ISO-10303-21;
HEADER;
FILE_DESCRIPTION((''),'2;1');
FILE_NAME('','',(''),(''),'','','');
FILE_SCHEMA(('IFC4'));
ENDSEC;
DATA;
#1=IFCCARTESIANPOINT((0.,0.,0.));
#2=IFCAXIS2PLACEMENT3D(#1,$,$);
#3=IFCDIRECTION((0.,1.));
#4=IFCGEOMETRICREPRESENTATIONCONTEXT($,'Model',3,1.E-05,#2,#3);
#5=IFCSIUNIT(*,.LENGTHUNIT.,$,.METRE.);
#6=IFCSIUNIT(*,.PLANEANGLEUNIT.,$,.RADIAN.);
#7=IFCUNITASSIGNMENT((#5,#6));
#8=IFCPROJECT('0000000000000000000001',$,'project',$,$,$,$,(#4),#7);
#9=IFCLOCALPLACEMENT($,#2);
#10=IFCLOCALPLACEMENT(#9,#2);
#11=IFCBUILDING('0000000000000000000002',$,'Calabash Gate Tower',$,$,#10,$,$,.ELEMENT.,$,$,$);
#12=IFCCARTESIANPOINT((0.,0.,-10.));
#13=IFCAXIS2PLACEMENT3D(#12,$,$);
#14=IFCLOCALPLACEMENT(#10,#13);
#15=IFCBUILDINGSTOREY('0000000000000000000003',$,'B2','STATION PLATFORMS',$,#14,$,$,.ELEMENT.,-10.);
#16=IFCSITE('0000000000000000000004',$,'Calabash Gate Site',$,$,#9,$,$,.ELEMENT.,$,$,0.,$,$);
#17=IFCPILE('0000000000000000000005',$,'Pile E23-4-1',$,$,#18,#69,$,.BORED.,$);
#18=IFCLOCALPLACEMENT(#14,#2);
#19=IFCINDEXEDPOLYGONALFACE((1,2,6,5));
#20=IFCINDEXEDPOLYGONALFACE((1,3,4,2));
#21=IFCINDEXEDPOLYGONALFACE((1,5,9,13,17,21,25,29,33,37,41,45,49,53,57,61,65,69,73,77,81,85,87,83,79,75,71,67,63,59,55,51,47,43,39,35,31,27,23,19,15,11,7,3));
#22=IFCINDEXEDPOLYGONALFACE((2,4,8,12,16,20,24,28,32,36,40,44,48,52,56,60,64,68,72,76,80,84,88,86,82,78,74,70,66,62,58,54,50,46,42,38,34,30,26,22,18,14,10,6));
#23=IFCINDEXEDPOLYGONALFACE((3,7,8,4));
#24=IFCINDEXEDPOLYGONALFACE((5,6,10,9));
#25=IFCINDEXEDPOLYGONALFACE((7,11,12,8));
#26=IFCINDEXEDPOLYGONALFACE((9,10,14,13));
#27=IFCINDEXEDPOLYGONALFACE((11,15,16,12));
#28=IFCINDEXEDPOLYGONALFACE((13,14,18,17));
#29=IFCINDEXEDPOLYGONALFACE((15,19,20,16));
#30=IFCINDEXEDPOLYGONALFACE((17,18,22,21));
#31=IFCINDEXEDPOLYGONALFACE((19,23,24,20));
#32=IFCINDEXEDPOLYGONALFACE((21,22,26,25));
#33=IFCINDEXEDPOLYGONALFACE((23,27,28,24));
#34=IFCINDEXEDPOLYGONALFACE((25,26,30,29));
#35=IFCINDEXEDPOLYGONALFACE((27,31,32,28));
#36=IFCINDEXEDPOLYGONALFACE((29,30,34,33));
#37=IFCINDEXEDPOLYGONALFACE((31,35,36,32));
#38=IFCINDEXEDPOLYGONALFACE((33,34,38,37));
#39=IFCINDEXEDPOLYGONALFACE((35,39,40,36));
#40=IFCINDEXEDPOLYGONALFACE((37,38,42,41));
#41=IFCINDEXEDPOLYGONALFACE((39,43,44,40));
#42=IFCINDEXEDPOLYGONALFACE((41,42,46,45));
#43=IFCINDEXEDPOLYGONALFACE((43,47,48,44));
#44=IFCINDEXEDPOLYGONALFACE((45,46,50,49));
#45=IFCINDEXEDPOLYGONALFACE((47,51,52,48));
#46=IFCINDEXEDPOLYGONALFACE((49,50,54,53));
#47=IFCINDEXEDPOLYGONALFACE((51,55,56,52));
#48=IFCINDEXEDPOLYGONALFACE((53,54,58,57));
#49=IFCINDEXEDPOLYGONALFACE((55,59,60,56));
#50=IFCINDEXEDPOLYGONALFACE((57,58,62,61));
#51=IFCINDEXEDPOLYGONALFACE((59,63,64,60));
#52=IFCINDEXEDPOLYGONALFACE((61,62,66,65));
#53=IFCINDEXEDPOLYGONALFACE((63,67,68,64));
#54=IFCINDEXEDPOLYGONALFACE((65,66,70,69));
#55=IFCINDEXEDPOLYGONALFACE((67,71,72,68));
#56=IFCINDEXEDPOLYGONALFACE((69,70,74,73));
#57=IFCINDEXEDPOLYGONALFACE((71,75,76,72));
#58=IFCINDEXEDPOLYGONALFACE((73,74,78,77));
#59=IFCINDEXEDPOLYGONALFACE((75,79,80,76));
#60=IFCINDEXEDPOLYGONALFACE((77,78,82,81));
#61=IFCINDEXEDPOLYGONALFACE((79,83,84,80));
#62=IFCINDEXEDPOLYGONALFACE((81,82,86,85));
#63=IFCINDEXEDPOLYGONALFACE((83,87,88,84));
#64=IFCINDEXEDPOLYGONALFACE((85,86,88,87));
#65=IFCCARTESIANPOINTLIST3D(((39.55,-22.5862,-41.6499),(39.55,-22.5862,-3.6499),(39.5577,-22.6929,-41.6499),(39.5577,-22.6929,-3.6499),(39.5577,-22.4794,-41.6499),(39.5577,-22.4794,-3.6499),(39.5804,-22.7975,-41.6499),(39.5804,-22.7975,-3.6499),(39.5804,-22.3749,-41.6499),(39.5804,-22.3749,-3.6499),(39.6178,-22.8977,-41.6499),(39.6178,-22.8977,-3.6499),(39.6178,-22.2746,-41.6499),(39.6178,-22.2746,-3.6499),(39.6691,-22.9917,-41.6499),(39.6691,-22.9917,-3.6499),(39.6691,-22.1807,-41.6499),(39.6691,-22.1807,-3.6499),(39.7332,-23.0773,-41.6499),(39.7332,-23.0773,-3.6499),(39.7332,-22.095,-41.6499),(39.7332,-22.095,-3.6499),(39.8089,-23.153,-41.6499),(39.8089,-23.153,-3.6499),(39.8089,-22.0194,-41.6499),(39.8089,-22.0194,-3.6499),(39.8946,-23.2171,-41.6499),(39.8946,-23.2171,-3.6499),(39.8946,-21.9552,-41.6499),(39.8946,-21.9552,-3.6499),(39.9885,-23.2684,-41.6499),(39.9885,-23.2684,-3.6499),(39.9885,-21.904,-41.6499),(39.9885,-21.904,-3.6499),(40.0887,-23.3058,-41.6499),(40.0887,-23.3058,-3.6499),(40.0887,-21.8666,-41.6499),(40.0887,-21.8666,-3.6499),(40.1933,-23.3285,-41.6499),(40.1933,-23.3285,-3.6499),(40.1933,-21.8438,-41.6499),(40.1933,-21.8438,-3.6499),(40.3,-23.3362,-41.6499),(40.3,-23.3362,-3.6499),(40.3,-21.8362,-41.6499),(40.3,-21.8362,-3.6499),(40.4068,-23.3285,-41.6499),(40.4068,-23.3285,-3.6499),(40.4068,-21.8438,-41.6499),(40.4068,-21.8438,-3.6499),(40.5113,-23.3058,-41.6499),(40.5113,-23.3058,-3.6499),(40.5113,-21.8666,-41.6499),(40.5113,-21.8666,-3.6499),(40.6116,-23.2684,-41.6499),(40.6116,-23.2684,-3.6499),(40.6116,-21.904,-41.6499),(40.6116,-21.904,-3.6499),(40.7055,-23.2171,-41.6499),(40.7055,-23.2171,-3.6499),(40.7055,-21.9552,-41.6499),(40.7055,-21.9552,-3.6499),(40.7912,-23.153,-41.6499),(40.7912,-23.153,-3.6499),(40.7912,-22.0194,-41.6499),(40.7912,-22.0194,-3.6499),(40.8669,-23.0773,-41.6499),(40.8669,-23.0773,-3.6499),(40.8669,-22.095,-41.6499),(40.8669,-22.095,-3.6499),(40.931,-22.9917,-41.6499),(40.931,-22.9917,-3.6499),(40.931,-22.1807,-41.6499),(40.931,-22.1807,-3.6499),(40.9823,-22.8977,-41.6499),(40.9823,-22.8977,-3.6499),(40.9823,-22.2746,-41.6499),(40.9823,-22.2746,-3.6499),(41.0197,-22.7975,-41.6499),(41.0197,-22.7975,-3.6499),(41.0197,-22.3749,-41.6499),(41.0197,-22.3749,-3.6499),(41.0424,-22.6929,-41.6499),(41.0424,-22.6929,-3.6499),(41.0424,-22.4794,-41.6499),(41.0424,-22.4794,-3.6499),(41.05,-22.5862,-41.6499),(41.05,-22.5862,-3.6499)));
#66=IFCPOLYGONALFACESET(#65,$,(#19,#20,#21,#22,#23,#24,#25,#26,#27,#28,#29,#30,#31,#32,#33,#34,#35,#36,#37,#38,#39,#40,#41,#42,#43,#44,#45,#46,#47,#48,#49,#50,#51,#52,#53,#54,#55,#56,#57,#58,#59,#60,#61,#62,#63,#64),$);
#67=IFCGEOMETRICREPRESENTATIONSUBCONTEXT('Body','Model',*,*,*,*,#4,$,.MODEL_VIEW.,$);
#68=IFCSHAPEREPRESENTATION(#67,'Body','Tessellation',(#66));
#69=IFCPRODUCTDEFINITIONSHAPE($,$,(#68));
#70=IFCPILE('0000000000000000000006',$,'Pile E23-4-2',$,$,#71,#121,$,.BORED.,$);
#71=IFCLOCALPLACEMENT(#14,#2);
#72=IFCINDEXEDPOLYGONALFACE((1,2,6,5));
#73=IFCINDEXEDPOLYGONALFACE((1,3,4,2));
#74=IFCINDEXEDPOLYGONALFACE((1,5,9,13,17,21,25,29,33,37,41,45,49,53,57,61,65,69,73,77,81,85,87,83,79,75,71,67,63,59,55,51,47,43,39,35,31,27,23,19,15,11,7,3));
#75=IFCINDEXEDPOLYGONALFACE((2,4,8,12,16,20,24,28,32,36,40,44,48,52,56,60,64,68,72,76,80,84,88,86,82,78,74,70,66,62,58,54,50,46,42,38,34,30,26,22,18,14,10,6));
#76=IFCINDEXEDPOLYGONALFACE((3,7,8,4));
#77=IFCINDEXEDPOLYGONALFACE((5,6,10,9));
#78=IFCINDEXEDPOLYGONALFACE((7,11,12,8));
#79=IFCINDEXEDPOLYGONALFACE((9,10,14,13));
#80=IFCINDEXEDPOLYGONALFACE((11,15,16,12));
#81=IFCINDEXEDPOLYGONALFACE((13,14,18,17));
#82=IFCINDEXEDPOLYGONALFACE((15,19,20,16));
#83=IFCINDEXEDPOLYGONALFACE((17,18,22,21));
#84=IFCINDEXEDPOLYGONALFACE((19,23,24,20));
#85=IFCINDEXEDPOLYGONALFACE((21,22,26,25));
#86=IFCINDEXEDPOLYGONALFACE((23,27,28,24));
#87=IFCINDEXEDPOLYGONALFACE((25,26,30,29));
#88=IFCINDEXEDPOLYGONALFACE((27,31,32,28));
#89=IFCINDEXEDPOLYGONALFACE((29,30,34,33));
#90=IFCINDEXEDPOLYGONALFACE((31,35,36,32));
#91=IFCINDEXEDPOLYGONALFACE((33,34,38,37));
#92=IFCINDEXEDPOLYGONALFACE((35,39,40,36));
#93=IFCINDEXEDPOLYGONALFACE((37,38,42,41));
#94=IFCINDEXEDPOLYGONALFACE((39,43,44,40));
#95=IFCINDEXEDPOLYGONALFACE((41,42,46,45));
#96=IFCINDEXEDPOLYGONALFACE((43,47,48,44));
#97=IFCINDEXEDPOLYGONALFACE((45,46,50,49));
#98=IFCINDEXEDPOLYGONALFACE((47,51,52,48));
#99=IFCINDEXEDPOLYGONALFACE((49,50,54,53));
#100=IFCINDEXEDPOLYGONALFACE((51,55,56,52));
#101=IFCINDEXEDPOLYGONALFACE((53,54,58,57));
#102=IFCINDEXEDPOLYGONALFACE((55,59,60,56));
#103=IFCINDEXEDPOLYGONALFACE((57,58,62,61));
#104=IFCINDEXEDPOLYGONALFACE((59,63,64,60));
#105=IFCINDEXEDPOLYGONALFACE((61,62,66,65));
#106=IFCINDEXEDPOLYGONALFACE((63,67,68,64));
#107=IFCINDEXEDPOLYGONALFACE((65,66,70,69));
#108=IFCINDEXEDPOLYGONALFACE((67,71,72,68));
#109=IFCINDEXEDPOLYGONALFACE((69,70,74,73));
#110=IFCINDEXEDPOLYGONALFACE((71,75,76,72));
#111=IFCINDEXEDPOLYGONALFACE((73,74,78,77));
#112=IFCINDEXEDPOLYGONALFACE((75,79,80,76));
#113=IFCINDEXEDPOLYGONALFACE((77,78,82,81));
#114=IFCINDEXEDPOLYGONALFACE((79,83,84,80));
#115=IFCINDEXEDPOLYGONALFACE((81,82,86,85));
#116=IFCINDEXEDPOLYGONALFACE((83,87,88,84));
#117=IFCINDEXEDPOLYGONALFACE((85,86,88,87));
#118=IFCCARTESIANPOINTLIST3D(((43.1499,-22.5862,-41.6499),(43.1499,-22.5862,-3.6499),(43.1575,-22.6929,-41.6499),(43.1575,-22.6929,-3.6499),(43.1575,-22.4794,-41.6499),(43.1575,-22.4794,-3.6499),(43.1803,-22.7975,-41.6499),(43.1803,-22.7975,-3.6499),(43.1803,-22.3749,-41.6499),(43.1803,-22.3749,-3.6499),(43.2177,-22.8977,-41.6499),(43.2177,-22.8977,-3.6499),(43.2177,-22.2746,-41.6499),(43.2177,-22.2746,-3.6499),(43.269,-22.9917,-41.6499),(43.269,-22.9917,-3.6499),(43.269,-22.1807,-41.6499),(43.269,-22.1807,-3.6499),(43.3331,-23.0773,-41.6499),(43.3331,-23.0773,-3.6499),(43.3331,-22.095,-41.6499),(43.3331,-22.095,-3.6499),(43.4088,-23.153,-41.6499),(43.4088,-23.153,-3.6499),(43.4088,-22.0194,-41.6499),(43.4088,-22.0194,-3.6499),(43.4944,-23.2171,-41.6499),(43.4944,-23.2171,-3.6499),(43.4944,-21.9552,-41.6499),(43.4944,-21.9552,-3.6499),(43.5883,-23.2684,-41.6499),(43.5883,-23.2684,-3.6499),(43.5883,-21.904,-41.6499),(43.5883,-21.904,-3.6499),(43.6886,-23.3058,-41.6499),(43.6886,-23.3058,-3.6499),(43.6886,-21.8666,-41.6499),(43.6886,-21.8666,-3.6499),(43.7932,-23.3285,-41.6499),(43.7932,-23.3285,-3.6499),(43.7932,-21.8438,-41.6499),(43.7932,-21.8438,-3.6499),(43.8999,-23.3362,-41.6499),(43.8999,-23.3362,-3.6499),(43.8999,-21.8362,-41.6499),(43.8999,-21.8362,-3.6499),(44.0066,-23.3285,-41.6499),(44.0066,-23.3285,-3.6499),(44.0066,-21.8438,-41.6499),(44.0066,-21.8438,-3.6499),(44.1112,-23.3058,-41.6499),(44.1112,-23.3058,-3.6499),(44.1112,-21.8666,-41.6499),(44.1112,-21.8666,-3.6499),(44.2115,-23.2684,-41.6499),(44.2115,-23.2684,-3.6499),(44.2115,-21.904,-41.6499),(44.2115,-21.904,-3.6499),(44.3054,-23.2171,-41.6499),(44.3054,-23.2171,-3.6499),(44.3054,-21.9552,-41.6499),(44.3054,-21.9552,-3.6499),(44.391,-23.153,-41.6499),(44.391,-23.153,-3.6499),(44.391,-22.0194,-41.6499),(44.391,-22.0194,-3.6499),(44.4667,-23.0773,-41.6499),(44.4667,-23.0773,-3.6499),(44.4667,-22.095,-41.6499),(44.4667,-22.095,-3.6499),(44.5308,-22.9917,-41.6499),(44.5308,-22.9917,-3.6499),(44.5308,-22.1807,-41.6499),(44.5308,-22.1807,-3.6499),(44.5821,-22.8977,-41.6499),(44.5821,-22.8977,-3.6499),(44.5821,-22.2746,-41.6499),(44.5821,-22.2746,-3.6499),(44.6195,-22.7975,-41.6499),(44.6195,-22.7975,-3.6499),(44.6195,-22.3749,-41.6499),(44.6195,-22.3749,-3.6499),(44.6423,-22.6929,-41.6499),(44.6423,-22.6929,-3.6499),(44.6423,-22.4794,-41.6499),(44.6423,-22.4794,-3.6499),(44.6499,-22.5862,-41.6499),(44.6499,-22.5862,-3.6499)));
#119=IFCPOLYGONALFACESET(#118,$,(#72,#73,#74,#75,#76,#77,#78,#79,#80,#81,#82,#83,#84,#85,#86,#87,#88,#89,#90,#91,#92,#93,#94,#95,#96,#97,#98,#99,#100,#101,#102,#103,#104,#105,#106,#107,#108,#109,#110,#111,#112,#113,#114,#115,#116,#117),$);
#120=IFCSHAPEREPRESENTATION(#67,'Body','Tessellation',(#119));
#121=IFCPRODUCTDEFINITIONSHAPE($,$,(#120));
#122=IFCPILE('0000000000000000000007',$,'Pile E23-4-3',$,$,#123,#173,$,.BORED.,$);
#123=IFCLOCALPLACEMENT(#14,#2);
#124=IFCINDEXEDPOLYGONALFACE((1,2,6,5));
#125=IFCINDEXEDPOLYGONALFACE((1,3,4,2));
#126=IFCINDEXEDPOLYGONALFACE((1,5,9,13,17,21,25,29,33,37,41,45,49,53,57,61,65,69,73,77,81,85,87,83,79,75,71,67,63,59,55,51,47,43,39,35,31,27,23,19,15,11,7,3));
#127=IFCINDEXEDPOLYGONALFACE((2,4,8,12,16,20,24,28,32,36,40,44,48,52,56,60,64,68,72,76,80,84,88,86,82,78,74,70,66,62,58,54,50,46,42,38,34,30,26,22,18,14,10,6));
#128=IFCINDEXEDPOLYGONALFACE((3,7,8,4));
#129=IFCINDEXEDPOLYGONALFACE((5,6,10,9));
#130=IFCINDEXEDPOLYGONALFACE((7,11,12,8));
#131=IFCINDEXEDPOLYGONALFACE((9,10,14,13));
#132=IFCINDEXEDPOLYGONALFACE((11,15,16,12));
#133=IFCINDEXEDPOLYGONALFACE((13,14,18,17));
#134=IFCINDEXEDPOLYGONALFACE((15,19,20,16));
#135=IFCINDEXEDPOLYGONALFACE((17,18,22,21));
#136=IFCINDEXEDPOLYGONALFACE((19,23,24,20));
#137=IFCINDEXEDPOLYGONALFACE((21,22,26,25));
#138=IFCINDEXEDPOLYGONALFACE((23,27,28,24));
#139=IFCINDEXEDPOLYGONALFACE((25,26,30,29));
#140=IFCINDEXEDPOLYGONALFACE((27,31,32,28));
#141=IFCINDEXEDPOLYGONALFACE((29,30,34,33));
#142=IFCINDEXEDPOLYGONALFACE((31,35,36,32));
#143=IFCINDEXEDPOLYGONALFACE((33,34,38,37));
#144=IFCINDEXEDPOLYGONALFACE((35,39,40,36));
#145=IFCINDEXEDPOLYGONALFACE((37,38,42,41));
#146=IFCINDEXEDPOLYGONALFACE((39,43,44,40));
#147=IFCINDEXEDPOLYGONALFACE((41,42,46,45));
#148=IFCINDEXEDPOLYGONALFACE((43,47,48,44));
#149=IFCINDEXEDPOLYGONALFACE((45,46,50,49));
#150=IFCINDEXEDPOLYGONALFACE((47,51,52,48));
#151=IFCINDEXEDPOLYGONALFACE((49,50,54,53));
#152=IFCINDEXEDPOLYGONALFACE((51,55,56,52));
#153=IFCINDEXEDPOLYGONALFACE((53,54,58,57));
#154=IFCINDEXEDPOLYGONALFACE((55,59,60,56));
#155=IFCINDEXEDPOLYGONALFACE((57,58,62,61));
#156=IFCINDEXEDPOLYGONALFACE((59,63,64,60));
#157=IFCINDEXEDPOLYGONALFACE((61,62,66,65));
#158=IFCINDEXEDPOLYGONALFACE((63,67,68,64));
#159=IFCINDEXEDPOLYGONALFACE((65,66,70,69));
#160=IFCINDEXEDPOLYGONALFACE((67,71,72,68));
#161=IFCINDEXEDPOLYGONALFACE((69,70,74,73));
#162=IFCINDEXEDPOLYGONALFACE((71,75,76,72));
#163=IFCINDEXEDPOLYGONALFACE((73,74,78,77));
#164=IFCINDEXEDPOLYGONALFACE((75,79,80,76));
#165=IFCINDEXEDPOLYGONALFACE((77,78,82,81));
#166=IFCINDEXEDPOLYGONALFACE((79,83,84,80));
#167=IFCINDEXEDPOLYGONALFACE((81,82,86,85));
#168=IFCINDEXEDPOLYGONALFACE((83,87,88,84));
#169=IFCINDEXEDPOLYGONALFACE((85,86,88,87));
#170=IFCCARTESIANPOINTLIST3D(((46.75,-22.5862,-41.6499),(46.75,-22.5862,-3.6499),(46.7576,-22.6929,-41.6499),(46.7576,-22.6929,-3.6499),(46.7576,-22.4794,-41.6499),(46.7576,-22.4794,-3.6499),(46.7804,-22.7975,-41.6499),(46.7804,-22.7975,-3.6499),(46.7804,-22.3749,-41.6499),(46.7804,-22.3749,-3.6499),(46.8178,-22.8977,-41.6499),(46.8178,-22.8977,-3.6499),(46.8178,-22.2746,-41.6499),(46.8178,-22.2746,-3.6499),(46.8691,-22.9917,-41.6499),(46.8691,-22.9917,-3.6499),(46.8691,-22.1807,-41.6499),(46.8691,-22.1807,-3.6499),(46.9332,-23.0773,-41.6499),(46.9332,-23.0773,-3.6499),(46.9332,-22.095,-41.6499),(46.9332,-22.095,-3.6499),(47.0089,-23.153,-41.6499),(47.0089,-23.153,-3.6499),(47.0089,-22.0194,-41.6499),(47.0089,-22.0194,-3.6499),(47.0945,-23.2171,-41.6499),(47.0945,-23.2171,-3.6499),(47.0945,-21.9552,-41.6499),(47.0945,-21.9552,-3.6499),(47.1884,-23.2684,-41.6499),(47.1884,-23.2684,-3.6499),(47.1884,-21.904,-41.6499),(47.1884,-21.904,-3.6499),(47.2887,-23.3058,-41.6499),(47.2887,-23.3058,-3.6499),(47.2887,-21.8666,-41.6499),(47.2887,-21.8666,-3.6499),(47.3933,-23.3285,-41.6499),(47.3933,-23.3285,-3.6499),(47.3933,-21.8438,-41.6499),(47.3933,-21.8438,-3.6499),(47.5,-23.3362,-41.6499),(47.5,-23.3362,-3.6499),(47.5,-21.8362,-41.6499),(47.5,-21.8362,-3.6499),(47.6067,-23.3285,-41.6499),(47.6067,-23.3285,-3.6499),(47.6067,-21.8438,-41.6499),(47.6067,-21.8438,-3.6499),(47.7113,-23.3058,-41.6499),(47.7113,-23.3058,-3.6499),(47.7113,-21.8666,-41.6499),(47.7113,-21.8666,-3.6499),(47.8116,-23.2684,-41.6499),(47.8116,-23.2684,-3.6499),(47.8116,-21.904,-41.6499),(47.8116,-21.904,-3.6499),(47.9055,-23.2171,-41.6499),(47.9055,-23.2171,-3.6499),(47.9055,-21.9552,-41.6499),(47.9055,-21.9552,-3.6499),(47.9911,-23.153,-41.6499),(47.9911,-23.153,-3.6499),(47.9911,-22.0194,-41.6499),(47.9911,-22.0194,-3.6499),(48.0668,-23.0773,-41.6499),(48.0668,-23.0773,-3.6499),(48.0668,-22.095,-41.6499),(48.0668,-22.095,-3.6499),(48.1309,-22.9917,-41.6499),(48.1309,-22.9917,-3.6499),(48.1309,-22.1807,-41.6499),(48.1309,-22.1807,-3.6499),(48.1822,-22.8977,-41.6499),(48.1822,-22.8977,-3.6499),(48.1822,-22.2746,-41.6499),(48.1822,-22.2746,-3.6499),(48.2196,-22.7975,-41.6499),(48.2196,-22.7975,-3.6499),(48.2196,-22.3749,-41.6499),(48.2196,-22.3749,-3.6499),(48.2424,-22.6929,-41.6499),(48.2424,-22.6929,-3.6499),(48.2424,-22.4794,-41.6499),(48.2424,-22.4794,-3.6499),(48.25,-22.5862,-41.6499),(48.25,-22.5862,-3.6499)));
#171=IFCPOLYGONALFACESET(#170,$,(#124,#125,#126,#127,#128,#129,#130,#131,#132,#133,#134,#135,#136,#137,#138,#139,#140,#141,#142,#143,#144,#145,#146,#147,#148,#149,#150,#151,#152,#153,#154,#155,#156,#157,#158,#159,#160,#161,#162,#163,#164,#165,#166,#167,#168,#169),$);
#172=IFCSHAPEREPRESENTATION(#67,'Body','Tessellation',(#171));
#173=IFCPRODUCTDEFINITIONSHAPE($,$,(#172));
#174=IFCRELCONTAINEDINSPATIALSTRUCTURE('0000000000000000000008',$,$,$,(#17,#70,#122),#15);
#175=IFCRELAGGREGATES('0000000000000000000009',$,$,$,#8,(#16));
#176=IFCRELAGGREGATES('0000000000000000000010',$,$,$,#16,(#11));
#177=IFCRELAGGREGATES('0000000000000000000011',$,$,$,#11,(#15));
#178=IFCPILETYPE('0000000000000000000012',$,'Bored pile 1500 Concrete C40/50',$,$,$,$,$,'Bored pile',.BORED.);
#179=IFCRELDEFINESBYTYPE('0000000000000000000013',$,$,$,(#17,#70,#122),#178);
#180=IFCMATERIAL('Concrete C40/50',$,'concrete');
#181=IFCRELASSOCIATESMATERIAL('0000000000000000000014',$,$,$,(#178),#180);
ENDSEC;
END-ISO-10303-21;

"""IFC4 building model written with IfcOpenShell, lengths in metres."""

from ifc_helpers import new_model, si_unit, direction, frame, origin, origin_2d, place, context, subcontext, project, spatial, circle, extrude, material, material_profile, profile_set, type_object, element, save


model = new_model("IFC4")

# Units and contexts
model_context = context("Model", 3, precision=1e-05, world=origin(), true_north=direction((0.0, 1.0)))
body_context = subcontext(model_context, "Body", "Model", "MODEL_VIEW")
ifc_project = project(units=[si_unit("LENGTHUNIT", "METRE"), si_unit("PLANEANGLEUNIT", "RADIAN")], contexts=[model_context])

# Site, building, storey
site_placement = place(None, origin())
site = spatial("IfcSite", under=ifc_project, at=site_placement, Name="Calabash Gate Site", CompositionType="ELEMENT", RefElevation=0.0)
building_placement = place(site_placement, origin())
building = spatial("IfcBuilding", under=site, at=building_placement, Name="Calabash Gate Tower", CompositionType="ELEMENT")
storey_placement = place(building_placement, frame((0.0, 0.0, -10.0)))
storey = spatial("IfcBuildingStorey", under=building, at=storey_placement, Name="B2", Description="STATION PLATFORMS", CompositionType="ELEMENT", Elevation=-10.0)

# Piles
ifc_material_1 = material(Name="Concrete C40/50", Category="concrete")
ifc_material_profile_1 = material_profile(ifc_material_1, circle(Radius=0.75, at=origin_2d()))
ifc_profile_set_1 = profile_set([ifc_material_profile_1], Name="Concrete C40/50")
pile_type = type_object("IfcPileType", Name="Bored pile 1500 Concrete C40/50", ElementType="Bored pile", PredefinedType="BORED", material=ifc_profile_set_1)
for number, where, z_axis, x_axis, name in (
    (1, (40.3, -22.5862, -3.6499), (0.0, 0.0, -1.0), (1.0, 0.0, 0.0), "Pile E23-4-1"),
    (2, (43.8999, -22.5862, -3.6499), (0.0, 0.0, -1.0), (1.0, 0.0, 0.0), "Pile E23-4-2"),
    (3, (47.5, -22.5862, -3.6499), (0.0, 0.0, -1.0), (1.0, 0.0, 0.0), "Pile E23-4-3"),
):
    element("IfcPile", number, at=place(storey_placement, frame(where, z_axis=z_axis, x_axis=x_axis)), inside=storey, type_object=pile_type, Name=name, PredefinedType="BORED", context=body_context, shape_type="SweptSolid", body=[
        extrude(circle(Radius=0.75, at=origin_2d()), origin(), (0.0, 0.0, 1.0), 38.0),
    ])

save(model, "model.ifc")
